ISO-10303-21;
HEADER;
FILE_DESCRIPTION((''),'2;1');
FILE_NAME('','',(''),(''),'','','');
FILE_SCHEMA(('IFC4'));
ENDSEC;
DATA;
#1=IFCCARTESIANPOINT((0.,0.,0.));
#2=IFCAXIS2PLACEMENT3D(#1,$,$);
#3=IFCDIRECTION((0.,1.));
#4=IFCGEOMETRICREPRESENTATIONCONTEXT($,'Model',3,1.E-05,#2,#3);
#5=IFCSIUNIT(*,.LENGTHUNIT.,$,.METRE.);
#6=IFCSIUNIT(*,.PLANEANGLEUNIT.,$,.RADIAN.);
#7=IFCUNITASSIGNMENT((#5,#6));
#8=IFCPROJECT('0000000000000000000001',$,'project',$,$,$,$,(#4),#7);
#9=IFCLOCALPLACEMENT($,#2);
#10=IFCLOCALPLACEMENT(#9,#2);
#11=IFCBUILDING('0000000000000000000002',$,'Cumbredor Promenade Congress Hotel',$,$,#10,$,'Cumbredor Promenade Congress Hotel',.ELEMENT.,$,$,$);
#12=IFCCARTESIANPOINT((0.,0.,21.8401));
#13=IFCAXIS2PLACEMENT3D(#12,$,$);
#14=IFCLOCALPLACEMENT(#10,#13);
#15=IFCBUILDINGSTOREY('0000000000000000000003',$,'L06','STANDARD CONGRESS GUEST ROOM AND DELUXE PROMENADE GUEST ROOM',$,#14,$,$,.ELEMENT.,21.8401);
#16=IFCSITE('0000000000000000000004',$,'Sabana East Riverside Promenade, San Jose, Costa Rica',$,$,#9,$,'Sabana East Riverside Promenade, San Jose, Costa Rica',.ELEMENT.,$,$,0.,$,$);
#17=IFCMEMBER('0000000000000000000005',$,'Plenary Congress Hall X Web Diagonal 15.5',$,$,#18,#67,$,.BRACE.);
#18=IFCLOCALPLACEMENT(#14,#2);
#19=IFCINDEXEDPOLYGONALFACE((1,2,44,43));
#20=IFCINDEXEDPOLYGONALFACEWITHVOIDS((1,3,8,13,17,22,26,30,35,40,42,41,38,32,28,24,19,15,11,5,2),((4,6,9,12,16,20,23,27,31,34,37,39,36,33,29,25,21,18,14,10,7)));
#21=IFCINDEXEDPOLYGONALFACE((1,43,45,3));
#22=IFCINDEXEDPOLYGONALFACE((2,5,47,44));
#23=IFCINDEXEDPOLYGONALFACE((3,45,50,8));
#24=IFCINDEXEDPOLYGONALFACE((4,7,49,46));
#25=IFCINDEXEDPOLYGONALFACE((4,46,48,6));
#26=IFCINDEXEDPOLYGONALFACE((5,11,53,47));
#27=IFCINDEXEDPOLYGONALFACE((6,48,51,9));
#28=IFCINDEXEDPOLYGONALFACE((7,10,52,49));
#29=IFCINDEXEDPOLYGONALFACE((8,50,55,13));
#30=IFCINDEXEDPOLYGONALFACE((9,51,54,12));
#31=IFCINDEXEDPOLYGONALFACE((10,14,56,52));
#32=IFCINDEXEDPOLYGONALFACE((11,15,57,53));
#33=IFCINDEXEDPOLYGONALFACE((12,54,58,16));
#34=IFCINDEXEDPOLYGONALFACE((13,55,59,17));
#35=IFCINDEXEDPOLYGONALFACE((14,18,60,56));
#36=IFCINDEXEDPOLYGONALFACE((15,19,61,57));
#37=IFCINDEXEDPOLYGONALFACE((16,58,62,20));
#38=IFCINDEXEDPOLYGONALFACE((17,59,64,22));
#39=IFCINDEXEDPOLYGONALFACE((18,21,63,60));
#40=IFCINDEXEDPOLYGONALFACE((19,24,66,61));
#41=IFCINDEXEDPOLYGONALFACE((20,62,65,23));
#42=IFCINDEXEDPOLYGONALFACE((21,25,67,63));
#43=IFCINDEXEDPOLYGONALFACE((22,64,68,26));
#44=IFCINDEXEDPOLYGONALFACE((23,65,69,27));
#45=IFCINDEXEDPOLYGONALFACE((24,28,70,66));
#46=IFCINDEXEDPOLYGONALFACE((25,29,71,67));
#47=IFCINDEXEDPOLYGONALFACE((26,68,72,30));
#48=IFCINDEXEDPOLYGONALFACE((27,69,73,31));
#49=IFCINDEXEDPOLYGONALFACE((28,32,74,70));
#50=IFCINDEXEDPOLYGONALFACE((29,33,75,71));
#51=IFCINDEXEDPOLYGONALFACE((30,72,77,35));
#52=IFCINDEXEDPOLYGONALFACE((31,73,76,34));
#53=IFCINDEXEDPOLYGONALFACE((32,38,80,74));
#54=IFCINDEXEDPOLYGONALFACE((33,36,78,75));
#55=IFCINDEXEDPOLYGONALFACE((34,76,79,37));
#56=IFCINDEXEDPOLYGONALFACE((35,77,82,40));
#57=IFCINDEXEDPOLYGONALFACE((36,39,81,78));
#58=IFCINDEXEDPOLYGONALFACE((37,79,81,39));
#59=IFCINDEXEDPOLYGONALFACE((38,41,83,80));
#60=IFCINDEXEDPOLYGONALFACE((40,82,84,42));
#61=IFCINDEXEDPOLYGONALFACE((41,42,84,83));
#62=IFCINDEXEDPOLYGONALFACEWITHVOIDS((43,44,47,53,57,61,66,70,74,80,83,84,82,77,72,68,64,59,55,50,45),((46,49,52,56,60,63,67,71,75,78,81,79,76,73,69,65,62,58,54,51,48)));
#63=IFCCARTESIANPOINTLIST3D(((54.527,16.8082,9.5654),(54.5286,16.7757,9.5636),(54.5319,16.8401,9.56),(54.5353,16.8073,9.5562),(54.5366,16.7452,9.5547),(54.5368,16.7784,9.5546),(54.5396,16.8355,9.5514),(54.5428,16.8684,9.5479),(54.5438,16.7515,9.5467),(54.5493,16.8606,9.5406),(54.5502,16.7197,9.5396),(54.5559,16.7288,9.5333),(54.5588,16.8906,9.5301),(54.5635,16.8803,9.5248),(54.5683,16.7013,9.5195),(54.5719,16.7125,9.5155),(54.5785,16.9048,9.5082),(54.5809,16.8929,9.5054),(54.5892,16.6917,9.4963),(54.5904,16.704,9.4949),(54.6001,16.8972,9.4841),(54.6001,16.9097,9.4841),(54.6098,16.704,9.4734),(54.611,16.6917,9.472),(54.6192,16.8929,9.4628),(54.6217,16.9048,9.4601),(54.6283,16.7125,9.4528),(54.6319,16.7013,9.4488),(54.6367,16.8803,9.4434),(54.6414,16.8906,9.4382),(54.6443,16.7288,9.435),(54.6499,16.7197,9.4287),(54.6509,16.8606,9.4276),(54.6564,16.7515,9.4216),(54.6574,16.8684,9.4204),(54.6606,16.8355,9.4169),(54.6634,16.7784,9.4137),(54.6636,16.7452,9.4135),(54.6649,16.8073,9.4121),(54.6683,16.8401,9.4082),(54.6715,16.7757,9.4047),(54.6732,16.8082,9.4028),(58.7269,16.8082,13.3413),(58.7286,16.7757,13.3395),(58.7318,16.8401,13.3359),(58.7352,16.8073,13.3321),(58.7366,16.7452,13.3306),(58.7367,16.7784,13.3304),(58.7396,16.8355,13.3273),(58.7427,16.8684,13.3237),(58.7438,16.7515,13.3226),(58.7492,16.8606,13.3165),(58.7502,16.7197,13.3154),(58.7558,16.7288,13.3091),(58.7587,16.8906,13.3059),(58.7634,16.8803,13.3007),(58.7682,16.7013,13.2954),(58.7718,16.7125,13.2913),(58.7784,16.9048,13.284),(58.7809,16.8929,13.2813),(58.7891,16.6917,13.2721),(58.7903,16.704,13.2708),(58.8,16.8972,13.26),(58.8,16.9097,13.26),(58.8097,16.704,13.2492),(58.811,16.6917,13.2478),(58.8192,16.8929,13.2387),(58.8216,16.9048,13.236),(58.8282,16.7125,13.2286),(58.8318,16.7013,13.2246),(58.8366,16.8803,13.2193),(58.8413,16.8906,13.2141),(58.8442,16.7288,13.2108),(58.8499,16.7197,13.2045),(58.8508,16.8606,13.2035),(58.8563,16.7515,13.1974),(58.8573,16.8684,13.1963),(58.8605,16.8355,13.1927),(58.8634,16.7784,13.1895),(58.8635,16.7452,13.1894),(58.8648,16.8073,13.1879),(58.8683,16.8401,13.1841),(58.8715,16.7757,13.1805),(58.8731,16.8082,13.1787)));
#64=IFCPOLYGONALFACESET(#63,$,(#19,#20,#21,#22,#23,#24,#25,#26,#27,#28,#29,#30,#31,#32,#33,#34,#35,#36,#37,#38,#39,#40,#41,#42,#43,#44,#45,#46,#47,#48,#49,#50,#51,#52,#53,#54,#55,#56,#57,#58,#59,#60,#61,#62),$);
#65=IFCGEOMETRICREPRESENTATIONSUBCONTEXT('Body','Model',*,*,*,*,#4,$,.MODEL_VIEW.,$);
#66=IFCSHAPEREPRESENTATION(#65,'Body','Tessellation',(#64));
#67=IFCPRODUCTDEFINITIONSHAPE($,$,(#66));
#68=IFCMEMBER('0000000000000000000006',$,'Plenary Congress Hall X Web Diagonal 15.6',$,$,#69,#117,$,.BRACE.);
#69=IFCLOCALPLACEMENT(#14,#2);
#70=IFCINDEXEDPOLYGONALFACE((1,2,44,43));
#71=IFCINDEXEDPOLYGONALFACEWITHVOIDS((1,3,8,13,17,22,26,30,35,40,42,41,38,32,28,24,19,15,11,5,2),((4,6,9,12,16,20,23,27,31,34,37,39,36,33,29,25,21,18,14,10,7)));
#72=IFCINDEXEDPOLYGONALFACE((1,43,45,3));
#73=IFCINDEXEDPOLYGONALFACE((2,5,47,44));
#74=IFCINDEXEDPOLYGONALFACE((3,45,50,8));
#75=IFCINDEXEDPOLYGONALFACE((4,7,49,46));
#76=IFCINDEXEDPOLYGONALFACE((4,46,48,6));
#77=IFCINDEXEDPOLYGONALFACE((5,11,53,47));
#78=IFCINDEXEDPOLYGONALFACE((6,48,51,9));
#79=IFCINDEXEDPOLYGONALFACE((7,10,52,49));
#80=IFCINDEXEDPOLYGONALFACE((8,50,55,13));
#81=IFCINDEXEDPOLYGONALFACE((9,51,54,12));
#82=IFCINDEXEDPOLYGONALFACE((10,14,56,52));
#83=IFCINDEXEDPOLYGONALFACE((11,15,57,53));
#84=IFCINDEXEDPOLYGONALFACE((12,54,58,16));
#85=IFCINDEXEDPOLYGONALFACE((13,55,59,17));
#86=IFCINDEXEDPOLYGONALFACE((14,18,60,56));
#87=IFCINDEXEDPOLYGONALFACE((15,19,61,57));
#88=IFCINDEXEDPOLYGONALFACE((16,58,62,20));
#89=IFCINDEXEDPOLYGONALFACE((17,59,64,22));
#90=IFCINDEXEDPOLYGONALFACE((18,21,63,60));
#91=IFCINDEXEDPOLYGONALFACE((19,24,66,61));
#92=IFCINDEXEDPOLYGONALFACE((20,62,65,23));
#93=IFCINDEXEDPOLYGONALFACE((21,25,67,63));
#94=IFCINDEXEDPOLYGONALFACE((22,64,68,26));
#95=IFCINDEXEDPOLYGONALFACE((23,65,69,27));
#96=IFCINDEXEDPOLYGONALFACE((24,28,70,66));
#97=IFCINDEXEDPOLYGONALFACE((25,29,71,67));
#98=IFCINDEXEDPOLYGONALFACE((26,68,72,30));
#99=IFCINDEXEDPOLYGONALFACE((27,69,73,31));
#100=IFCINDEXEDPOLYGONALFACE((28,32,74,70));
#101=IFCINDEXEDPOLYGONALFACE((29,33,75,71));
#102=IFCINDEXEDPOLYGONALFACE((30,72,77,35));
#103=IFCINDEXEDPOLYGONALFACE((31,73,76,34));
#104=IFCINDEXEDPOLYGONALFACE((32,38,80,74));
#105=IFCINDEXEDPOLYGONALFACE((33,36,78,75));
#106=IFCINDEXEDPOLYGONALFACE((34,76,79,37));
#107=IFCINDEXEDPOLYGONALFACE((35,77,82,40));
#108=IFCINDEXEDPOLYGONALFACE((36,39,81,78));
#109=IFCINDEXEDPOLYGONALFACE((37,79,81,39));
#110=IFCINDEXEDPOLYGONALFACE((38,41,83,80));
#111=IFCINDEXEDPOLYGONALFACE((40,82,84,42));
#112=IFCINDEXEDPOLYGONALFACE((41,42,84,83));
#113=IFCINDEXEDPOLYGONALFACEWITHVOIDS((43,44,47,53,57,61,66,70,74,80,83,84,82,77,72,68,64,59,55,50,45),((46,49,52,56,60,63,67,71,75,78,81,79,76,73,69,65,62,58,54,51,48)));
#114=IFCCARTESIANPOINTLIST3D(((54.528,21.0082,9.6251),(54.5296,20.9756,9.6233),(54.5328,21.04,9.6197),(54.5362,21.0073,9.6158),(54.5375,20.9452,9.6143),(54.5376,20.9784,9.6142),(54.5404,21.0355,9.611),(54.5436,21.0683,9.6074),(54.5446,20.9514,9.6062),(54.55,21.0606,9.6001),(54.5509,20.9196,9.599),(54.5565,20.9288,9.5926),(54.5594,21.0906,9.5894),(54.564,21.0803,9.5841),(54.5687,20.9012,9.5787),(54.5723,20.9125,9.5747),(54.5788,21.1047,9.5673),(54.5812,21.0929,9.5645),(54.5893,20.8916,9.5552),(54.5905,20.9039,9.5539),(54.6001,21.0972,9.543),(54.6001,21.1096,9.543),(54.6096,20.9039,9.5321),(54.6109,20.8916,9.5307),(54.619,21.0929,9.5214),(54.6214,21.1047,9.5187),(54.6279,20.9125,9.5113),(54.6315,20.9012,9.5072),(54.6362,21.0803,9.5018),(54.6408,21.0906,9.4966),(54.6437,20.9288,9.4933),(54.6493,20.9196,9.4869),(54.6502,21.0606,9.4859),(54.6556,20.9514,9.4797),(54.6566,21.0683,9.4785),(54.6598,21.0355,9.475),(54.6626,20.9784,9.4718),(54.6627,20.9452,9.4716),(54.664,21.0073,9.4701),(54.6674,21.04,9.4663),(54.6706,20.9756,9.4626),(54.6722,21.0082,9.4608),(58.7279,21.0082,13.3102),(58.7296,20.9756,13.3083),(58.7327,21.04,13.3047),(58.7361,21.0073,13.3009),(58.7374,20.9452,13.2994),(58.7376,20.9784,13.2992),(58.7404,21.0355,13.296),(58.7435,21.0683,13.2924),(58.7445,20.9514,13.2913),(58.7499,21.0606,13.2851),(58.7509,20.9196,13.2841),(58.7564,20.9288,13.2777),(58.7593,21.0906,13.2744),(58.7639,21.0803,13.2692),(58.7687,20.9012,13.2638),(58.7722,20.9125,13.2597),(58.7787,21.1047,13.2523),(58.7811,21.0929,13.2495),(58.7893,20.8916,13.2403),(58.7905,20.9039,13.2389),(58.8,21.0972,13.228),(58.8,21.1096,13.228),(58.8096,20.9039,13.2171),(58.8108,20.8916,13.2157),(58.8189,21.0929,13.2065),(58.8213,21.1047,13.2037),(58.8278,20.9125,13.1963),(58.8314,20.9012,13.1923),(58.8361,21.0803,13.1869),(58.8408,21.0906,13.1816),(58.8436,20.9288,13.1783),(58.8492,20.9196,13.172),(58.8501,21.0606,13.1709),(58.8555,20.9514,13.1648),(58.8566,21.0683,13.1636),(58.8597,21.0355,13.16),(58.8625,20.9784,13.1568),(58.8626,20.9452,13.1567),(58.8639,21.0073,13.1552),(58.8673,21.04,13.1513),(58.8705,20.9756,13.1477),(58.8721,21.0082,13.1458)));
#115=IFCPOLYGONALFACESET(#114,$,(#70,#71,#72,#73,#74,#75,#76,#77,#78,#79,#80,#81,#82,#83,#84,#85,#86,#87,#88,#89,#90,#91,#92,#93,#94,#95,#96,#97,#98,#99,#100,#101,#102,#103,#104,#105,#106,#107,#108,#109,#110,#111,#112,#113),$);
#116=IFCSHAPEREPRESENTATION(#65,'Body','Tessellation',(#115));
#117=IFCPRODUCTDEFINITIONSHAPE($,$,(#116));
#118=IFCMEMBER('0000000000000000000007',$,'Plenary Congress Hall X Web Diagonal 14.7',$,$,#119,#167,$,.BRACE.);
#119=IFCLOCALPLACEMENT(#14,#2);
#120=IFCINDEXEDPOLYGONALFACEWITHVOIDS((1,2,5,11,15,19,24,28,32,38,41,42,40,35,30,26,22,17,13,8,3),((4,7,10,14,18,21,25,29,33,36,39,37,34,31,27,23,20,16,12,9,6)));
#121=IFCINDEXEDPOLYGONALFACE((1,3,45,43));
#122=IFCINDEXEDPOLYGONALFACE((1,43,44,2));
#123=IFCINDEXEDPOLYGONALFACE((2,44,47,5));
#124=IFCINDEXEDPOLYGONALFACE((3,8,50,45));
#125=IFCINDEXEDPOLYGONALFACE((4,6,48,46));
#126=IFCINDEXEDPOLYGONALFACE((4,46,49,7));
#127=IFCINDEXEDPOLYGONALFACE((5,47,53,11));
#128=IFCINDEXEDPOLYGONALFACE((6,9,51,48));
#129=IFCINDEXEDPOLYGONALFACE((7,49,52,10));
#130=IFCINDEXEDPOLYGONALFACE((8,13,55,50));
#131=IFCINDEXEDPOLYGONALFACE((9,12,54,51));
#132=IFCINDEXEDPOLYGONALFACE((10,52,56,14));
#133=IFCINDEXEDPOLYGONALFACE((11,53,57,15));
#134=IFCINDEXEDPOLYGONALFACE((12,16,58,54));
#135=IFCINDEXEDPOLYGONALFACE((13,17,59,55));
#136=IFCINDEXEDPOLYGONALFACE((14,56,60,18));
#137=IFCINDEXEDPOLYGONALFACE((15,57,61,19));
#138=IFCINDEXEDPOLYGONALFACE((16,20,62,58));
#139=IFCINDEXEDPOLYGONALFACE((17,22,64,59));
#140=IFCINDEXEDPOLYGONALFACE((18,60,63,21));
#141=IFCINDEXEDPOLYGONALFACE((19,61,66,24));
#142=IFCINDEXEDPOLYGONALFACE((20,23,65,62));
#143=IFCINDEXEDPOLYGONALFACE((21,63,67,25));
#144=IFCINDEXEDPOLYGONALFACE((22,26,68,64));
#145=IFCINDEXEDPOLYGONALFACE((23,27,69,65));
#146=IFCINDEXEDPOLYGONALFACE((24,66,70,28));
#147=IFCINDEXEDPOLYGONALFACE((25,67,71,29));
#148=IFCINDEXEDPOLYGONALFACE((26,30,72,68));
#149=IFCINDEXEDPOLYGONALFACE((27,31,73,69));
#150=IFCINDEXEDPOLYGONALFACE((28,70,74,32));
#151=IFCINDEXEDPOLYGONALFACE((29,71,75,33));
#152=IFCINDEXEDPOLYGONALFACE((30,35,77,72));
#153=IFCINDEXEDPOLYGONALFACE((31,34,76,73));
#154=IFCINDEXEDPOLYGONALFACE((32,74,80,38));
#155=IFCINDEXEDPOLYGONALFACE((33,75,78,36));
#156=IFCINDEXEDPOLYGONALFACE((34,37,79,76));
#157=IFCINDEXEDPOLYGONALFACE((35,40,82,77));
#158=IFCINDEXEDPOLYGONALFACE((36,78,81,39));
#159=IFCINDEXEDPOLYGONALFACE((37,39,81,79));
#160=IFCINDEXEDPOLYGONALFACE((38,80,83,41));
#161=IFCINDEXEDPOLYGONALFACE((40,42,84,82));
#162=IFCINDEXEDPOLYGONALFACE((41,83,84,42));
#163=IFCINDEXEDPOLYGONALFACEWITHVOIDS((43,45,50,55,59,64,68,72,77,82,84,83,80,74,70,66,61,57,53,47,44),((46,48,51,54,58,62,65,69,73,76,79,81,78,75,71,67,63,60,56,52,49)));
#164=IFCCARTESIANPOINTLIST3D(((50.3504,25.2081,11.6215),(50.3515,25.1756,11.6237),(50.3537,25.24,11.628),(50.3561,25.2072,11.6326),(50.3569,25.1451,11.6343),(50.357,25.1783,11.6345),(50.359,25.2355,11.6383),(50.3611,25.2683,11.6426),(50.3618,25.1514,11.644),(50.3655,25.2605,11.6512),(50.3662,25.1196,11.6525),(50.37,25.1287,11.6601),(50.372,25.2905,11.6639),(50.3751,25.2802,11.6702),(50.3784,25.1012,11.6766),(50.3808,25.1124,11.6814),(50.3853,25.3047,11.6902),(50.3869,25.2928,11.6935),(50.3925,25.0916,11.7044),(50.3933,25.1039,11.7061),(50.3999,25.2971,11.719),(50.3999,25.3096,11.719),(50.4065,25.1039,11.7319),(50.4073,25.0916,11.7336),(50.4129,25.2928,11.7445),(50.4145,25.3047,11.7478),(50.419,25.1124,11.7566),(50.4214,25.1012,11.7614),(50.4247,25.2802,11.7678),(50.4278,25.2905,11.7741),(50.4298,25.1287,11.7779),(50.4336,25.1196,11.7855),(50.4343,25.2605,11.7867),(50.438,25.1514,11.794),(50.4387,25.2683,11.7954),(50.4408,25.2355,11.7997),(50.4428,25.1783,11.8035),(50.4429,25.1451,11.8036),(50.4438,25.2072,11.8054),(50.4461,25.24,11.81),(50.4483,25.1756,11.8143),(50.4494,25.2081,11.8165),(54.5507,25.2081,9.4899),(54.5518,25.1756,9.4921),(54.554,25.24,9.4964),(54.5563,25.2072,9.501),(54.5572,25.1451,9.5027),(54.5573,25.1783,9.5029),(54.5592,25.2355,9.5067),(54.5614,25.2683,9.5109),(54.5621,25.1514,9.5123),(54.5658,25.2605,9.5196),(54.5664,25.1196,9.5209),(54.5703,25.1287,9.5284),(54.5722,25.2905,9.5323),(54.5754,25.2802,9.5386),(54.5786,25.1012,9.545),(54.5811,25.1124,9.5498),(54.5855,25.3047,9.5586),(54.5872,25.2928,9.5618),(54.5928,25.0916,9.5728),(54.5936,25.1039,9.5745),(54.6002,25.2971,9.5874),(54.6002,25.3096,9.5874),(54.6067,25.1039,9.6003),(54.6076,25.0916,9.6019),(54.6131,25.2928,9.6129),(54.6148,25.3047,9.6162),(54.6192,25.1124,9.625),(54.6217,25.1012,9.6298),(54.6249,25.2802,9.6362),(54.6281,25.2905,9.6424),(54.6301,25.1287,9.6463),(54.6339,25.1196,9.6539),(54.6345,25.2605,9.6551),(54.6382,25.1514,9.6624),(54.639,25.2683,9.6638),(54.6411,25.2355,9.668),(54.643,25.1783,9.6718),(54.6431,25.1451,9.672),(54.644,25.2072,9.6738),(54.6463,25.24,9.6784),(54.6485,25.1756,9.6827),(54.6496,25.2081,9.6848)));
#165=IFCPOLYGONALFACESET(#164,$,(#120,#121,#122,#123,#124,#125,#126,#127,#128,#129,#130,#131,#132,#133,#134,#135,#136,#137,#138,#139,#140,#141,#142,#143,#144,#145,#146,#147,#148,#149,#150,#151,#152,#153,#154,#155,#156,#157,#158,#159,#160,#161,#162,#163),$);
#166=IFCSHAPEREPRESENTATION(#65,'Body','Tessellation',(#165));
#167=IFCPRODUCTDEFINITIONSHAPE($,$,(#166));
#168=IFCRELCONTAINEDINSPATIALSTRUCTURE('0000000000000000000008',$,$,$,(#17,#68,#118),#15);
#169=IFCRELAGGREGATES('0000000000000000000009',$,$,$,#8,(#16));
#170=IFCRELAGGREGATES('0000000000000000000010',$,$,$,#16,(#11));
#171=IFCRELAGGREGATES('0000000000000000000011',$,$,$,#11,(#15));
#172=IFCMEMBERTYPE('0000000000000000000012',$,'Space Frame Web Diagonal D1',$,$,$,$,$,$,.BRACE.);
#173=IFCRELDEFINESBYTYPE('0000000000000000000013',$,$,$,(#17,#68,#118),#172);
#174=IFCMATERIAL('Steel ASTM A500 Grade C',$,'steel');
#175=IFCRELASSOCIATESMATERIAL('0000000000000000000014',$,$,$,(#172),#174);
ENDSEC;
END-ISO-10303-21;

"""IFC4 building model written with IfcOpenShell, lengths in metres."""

from ifc_helpers import new_model, si_unit, direction, frame, origin, origin_2d, place, context, subcontext, project, spatial, hollow_circle, extrude, material, material_profile, profile_set, type_object, element, save


model = new_model("IFC4")

# Units and contexts
model_context = context("Model", 3, precision=1e-05, world=origin(), true_north=direction((0.0, 1.0)))
body_context = subcontext(model_context, "Body", "Model", "MODEL_VIEW")
ifc_project = project(units=[si_unit("LENGTHUNIT", "METRE"), si_unit("PLANEANGLEUNIT", "RADIAN")], contexts=[model_context])

# Site, building, storey
site_placement = place(None, origin())
site = spatial("IfcSite", under=ifc_project, at=site_placement, Name="Sabana East Riverside Promenade, San Jose, Costa Rica", LongName="Sabana East Riverside Promenade, San Jose, Costa Rica", CompositionType="ELEMENT", RefElevation=0.0)
building_placement = place(site_placement, origin())
building = spatial("IfcBuilding", under=site, at=building_placement, Name="Cumbredor Promenade Congress Hotel", LongName="Cumbredor Promenade Congress Hotel", CompositionType="ELEMENT")
storey_placement = place(building_placement, frame((0.0, 0.0, 21.8401)))
storey = spatial("IfcBuildingStorey", under=building, at=storey_placement, Name="L06", Description="STANDARD CONGRESS GUEST ROOM AND DELUXE PROMENADE GUEST ROOM", CompositionType="ELEMENT", Elevation=21.8401)

# Members
ifc_material_1 = material(Name="Steel ASTM A500 Grade C", Category="steel")
ifc_material_profile_1 = material_profile(ifc_material_1, hollow_circle(Radius=0.1096, WallThickness=0.0125, at=origin_2d()), Name="CHS 219.1x12.5")
ifc_profile_set_1 = profile_set([ifc_material_profile_1], Name="Steel ASTM A500 Grade C")
member_type_1 = type_object("IfcMemberType", Name="Space Frame Web Diagonal D1", PredefinedType="BRACE", material=ifc_profile_set_1)
member_1_placement = place(storey_placement, frame((54.6001, 16.8, 9.4841), z_axis=(0.743653, 0.0, 0.668566), x_axis=(0.0, 1.0, 0.0)))
element("IfcMember", 1, at=member_1_placement, inside=storey, type_object=member_type_1, Name="Plenary Congress Hall X Web Diagonal 15.5", PredefinedType="BRACE", context=body_context, shape_type="SweptSolid", body=[
    extrude(hollow_circle(Radius=0.1096, WallThickness=0.0125, at=origin_2d()), origin(), (0.0, 0.0, 1.0), 5.6477),
])
member_2_placement = place(storey_placement, frame((54.6001, 21.0, 9.543), z_axis=(0.75168, 0.0, 0.659528), x_axis=(0.0, 1.0, 0.0)))
element("IfcMember", 2, at=member_2_placement, inside=storey, type_object=member_type_1, Name="Plenary Congress Hall X Web Diagonal 15.6", PredefinedType="BRACE", context=body_context, shape_type="SweptSolid", body=[
    extrude(hollow_circle(Radius=0.1096, WallThickness=0.0125, at=origin_2d()), origin(), (0.0, 0.0, 1.0), 5.5874),
])
member_3_placement = place(storey_placement, frame((50.3999, 25.2, 11.719), z_axis=(0.891737, 0.0, -0.452555), x_axis=(0.0, 1.0, 0.0)))
element("IfcMember", 3, at=member_3_placement, inside=storey, type_object=member_type_1, Name="Plenary Congress Hall X Web Diagonal 14.7", PredefinedType="BRACE", context=body_context, shape_type="SweptSolid", body=[
    extrude(hollow_circle(Radius=0.1096, WallThickness=0.0125, at=origin_2d()), origin(), (0.0, 0.0, 1.0), 4.7102),
])

save(model, "model.ifc")
